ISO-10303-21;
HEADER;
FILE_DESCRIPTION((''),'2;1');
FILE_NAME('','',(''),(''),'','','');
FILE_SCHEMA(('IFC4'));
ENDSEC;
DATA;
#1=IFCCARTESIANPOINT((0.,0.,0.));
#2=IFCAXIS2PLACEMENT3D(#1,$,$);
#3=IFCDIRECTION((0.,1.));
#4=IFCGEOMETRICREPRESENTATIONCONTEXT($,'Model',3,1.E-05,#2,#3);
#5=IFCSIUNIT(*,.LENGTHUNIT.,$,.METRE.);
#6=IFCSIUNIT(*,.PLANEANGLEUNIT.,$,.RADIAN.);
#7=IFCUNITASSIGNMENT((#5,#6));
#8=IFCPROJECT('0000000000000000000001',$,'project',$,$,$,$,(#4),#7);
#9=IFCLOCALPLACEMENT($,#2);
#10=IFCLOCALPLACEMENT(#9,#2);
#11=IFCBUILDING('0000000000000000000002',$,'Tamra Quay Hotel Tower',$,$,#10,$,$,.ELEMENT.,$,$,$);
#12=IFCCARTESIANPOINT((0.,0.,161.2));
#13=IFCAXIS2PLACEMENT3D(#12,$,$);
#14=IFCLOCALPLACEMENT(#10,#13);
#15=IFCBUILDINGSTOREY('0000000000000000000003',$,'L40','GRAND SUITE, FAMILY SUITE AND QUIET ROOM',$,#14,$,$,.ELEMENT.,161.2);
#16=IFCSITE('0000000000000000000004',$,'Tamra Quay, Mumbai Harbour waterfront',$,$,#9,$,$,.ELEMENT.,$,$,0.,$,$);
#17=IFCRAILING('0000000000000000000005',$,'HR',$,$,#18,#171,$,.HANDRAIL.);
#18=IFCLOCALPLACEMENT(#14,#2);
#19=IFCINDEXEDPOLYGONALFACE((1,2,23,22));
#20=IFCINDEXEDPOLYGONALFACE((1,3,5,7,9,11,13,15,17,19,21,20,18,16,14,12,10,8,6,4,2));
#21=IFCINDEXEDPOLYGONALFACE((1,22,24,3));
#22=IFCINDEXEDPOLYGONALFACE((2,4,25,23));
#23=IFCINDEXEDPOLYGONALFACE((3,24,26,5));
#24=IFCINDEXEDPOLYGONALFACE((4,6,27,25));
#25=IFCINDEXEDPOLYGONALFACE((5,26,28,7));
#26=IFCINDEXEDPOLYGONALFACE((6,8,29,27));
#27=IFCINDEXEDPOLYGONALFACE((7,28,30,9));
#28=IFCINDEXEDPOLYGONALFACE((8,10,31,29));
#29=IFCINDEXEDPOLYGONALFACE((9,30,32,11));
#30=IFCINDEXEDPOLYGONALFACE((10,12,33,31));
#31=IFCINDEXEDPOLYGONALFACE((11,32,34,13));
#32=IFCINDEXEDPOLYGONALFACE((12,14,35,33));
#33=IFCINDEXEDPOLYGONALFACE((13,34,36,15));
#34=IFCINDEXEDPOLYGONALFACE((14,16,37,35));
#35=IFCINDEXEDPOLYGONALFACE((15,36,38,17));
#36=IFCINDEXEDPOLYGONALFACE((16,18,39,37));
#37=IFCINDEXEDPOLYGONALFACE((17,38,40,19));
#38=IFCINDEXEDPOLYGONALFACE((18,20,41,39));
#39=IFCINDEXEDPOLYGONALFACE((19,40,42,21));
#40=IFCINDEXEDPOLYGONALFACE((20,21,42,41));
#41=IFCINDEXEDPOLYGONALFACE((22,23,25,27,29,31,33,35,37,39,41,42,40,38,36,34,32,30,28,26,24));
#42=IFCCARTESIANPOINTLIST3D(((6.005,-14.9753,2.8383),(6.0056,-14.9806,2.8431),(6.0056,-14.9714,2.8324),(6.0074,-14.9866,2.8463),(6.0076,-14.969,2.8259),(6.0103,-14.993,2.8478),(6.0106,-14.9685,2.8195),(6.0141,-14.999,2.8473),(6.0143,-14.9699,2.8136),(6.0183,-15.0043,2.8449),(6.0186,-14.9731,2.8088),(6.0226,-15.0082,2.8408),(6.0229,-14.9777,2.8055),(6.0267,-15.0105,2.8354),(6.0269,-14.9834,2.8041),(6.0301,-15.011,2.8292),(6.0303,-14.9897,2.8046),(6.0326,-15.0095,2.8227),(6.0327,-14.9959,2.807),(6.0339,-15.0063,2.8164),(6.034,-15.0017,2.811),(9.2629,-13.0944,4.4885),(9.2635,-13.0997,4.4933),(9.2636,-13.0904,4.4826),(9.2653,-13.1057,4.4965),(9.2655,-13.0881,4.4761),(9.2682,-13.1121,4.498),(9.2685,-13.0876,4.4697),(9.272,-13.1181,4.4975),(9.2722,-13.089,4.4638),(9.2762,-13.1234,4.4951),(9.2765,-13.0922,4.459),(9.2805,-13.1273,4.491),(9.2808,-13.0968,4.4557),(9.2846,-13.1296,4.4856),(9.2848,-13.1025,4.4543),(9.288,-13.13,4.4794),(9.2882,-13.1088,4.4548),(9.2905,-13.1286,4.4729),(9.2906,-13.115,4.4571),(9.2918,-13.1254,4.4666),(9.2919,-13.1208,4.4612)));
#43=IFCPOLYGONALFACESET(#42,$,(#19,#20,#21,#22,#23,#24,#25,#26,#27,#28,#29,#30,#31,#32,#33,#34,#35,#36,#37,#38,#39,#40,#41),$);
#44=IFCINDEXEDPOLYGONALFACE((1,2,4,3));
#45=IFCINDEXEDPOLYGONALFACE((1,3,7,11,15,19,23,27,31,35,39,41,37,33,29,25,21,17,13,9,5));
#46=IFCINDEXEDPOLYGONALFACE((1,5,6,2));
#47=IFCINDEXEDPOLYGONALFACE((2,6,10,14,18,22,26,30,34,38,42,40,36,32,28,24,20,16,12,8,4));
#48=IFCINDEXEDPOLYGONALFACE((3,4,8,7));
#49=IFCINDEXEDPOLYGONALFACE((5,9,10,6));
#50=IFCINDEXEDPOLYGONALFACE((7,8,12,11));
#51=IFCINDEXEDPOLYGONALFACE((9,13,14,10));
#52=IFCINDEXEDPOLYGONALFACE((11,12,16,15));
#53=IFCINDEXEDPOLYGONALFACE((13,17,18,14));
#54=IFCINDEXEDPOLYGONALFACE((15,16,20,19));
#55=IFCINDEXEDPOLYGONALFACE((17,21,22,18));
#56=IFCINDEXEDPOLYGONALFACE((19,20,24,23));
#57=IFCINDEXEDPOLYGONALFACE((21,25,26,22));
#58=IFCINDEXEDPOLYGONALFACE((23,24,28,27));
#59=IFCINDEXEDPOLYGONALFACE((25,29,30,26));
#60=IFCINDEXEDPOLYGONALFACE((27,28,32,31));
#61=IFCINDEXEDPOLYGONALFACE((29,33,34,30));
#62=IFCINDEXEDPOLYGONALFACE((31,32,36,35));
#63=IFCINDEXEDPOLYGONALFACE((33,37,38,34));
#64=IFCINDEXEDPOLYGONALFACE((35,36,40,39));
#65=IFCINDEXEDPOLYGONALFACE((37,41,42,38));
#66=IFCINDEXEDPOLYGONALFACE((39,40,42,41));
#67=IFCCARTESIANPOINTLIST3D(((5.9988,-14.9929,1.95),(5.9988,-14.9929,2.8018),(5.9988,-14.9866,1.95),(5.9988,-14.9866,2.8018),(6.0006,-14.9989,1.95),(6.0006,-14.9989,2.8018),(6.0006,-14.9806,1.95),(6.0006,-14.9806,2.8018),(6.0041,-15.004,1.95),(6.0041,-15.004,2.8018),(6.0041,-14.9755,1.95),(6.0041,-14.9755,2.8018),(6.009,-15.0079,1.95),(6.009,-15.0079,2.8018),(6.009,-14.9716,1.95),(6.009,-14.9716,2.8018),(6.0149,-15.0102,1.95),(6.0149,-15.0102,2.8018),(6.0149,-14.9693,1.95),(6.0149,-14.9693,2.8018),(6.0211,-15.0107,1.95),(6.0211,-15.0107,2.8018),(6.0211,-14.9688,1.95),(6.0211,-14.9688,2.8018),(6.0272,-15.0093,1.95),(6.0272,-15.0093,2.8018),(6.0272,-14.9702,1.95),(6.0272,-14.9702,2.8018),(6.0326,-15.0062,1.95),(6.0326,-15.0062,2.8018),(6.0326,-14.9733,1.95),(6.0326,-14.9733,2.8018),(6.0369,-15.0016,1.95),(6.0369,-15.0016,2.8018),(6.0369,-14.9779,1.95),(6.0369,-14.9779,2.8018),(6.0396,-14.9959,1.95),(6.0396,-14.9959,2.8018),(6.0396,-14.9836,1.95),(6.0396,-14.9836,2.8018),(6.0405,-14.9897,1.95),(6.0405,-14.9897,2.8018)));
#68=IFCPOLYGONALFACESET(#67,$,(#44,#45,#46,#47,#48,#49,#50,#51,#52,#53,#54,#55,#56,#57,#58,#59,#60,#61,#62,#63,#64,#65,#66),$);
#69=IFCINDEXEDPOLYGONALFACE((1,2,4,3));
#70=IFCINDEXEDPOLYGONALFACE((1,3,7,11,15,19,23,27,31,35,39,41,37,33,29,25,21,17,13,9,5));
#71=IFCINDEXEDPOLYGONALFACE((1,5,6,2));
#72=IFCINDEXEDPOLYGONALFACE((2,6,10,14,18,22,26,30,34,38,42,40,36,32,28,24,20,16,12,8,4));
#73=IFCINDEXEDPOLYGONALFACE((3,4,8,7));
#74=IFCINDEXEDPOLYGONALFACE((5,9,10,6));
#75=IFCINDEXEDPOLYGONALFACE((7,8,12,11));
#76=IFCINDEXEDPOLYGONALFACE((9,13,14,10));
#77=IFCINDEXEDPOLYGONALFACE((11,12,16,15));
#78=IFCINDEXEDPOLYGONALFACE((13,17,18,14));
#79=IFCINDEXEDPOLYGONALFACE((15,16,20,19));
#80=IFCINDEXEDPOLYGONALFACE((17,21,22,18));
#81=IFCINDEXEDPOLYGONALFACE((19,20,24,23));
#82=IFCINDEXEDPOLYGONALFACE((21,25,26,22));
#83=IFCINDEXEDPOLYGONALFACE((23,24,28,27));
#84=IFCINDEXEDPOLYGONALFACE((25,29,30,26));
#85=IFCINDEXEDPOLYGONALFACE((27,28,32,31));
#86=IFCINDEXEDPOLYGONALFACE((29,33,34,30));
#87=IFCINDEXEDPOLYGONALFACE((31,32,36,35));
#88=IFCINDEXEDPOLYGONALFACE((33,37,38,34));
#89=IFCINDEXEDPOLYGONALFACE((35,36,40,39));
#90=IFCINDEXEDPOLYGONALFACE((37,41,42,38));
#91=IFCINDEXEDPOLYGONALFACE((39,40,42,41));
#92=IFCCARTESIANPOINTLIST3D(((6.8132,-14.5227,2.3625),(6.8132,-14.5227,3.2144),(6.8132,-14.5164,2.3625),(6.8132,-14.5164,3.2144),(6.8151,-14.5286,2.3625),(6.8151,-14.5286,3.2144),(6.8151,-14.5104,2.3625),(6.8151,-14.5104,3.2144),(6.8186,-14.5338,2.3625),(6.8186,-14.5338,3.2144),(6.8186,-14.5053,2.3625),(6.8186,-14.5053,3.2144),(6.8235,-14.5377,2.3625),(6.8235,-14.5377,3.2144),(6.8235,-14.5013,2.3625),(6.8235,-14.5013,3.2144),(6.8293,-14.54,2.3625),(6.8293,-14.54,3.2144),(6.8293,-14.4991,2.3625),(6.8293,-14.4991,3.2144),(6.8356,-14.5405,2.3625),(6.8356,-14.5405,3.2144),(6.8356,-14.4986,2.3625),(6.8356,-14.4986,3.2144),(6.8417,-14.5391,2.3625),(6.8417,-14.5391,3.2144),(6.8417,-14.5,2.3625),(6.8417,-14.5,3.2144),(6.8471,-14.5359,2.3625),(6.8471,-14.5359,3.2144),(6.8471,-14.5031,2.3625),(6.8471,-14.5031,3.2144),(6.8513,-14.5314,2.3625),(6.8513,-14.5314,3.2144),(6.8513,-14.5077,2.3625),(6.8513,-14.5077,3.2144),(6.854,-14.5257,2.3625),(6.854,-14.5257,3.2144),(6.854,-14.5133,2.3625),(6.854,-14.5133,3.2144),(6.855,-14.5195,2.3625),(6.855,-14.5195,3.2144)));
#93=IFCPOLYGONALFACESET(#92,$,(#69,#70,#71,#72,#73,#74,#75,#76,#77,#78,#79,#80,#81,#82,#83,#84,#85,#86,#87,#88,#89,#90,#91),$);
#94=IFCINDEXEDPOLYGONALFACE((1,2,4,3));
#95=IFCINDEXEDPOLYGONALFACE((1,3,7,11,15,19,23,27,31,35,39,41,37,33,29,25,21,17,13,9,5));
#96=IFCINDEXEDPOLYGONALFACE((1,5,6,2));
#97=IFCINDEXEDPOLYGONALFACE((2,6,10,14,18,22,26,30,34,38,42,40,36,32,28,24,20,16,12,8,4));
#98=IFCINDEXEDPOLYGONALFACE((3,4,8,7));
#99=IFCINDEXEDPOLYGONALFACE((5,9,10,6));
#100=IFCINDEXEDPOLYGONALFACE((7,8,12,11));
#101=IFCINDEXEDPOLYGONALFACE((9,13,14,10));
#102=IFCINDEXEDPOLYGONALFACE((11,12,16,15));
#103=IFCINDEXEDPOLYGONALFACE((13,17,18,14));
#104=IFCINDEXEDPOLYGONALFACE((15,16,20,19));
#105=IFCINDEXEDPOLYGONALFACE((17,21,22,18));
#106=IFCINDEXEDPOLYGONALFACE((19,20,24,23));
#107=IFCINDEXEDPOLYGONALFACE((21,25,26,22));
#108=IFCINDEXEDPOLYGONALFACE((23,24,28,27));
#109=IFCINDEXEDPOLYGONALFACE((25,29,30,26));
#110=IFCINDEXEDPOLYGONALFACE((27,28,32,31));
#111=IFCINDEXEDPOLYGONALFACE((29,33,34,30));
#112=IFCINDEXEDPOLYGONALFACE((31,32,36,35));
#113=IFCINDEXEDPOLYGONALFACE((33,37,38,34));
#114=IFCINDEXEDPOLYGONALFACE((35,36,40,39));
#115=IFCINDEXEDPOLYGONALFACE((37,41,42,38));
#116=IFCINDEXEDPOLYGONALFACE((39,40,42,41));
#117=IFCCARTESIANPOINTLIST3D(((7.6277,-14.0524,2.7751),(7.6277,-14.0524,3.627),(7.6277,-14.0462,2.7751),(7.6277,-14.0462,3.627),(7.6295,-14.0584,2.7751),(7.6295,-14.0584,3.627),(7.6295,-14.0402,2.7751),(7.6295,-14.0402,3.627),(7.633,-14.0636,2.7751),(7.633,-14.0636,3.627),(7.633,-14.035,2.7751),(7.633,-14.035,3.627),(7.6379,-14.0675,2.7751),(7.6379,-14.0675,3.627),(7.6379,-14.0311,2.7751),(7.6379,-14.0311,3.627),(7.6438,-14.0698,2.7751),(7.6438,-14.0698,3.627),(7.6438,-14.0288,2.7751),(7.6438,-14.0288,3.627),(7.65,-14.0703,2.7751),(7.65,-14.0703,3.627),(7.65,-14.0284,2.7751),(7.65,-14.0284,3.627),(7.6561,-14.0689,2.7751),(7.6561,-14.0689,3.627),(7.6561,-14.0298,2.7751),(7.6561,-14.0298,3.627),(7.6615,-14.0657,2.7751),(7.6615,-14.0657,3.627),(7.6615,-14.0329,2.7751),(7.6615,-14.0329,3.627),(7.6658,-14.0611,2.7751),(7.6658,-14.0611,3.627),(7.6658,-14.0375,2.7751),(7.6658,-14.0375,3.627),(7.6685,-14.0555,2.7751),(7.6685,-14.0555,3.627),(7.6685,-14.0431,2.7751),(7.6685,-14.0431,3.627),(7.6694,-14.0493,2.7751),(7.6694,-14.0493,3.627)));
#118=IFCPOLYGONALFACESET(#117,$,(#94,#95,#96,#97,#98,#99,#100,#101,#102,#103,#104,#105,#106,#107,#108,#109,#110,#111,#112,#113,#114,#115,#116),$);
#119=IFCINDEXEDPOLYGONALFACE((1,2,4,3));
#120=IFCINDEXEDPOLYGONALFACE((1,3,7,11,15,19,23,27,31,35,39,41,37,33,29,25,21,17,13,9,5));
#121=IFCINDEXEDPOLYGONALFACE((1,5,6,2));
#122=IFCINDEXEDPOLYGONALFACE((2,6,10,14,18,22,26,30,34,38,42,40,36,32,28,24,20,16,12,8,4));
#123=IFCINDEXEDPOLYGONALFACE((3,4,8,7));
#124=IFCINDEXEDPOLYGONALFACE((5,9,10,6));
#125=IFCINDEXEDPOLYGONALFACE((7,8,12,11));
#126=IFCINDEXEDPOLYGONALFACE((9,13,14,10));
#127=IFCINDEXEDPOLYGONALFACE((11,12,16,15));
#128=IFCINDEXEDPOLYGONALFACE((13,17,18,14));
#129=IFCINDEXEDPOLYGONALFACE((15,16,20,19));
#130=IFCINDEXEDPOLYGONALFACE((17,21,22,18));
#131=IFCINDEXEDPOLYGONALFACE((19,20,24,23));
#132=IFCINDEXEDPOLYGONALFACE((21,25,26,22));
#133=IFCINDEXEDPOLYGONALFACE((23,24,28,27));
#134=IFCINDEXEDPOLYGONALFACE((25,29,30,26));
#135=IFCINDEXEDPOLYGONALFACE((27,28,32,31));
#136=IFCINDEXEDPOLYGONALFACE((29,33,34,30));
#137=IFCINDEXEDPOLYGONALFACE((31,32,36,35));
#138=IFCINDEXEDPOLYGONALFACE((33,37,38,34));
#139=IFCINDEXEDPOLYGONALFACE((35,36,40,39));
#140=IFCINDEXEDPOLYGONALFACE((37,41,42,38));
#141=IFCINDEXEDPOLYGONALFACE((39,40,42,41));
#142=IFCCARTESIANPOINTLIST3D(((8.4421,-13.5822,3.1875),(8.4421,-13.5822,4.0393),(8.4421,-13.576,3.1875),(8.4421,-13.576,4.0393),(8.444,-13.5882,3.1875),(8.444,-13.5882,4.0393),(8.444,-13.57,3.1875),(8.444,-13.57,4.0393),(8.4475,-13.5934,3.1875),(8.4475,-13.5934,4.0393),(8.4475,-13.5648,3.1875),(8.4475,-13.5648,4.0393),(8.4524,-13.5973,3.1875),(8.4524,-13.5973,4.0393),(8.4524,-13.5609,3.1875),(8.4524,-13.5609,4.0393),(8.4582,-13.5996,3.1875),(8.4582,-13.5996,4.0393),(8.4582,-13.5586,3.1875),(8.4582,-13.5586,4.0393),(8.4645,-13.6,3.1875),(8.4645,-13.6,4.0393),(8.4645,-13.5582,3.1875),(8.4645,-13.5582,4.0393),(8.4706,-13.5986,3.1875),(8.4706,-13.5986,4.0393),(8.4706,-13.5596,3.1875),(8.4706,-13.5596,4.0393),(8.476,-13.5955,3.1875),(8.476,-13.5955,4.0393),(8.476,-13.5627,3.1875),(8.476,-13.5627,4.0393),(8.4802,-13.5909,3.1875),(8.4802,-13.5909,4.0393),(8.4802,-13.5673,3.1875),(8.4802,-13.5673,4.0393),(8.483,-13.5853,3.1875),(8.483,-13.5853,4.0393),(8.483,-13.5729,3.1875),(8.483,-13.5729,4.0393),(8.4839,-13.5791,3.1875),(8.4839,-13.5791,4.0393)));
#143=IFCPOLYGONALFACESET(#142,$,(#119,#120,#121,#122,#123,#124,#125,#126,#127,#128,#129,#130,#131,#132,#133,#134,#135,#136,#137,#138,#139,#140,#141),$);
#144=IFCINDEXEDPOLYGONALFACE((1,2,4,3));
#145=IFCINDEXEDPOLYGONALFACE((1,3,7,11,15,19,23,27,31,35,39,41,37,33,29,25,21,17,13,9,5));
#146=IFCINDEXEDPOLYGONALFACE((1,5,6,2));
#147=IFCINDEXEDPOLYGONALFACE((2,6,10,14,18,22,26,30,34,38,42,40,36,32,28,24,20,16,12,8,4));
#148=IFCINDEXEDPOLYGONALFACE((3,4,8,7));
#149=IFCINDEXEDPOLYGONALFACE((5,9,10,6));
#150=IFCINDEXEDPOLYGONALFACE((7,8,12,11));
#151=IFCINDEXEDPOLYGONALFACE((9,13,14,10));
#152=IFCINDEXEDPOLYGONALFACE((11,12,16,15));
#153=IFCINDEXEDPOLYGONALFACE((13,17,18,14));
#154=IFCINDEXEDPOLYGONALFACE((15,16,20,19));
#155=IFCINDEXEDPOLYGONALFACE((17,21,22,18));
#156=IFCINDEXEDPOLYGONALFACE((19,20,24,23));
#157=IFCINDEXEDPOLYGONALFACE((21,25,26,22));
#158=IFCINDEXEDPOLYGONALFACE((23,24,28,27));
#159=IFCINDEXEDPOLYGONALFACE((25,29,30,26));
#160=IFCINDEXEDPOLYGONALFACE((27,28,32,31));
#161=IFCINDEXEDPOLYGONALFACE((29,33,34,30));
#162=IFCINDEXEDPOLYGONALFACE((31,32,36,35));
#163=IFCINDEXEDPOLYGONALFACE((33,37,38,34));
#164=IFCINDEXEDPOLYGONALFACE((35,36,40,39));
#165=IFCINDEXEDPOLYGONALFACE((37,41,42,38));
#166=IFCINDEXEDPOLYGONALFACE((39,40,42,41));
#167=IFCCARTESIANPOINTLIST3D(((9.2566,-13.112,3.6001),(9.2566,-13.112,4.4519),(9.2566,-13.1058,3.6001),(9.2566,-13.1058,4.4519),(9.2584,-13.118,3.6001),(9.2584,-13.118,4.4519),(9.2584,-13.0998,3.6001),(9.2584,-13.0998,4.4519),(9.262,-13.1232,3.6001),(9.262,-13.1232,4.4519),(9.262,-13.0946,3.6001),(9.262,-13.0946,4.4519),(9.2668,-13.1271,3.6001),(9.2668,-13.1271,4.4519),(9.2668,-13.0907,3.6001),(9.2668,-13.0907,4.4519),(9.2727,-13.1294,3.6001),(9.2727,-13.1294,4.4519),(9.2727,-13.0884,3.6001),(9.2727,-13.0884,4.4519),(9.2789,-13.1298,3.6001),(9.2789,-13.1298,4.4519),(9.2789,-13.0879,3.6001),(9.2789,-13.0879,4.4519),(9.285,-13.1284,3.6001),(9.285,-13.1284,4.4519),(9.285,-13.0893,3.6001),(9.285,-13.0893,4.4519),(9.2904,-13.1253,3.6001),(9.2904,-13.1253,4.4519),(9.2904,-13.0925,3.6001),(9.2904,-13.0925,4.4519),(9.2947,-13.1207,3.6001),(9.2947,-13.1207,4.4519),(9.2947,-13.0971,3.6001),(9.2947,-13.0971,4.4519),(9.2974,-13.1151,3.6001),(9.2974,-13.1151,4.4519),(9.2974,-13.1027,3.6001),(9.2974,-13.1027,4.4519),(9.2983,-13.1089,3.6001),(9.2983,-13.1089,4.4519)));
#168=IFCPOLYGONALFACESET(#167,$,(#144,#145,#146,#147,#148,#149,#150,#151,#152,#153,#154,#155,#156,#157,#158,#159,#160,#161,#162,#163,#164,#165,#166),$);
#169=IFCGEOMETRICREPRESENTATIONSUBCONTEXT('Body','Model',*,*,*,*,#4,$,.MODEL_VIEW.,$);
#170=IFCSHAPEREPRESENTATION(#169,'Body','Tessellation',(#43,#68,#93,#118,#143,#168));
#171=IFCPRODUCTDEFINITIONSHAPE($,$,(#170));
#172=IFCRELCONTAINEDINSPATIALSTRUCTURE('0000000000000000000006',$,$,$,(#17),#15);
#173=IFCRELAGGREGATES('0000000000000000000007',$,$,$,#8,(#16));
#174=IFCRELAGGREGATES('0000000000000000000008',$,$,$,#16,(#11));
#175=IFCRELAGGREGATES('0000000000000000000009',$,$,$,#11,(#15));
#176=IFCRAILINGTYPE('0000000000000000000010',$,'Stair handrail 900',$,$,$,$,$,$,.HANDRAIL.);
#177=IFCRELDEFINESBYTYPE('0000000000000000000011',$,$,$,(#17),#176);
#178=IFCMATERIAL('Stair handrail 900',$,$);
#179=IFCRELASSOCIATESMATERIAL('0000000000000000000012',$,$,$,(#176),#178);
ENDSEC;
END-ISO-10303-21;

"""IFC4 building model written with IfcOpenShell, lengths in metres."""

from ifc_helpers import new_model, si_unit, direction, frame, origin, origin_2d, place, context, subcontext, project, spatial, circle, extrude, material, type_object, element, save


model = new_model("IFC4")

# Units and contexts
model_context = context("Model", 3, precision=1e-05, world=origin(), true_north=direction((0.0, 1.0)))
body_context = subcontext(model_context, "Body", "Model", "MODEL_VIEW")
ifc_project = project(units=[si_unit("LENGTHUNIT", "METRE"), si_unit("PLANEANGLEUNIT", "RADIAN")], contexts=[model_context])

# Site, building, storey
site_placement = place(None, origin())
site = spatial("IfcSite", under=ifc_project, at=site_placement, Name="Tamra Quay, Mumbai Harbour waterfront", CompositionType="ELEMENT", RefElevation=0.0)
building_placement = place(site_placement, origin())
building = spatial("IfcBuilding", under=site, at=building_placement, Name="Tamra Quay Hotel Tower", CompositionType="ELEMENT")
storey_placement = place(building_placement, frame((0.0, 0.0, 161.2)))
storey = spatial("IfcBuildingStorey", under=building, at=storey_placement, Name="L40", Description="GRAND SUITE, FAMILY SUITE AND QUIET ROOM", CompositionType="ELEMENT", Elevation=161.2)

# Railing
ifc_material_1 = material(Name="Stair handrail 900")
railing_type_1 = type_object("IfcRailingType", Name="Stair handrail 900", PredefinedType="HANDRAIL", material=ifc_material_1)
railing_1_placement = place(storey_placement, frame((6.0195, -14.9897, 1.95)))
element("IfcRailing", 1, at=railing_1_placement, inside=storey, type_object=railing_type_1, Name="HR", PredefinedType="HANDRAIL", context=body_context, shape_type="SweptSolid", body=[
    extrude(circle(Radius=0.0239, at=origin_2d()), frame((0.0, 0.0, 0.876), z_axis=(0.793081, 0.457876, 0.401711), x_axis=(-0.499992, 0.86603, 0.0)), (0.0, 0.0, 1.0), 4.1079),
    extrude(circle(Radius=0.021, at=origin_2d()), origin(), (0.0, 0.0, 1.0), 0.8518),
    extrude(circle(Radius=0.021, at=origin_2d()), frame((0.8145, 0.4702, 0.4126)), (0.0, 0.0, 1.0), 0.8518),
    extrude(circle(Radius=0.021, at=origin_2d()), frame((1.6289, 0.9404, 0.8252)), (0.0, 0.0, 1.0), 0.8518),
    extrude(circle(Radius=0.021, at=origin_2d()), frame((2.4434, 1.4106, 1.2375)), (0.0, 0.0, 1.0), 0.8518),
    extrude(circle(Radius=0.021, at=origin_2d()), frame((3.2578, 1.8809, 1.6501)), (0.0, 0.0, 1.0), 0.8518),
])

save(model, "model.ifc")
